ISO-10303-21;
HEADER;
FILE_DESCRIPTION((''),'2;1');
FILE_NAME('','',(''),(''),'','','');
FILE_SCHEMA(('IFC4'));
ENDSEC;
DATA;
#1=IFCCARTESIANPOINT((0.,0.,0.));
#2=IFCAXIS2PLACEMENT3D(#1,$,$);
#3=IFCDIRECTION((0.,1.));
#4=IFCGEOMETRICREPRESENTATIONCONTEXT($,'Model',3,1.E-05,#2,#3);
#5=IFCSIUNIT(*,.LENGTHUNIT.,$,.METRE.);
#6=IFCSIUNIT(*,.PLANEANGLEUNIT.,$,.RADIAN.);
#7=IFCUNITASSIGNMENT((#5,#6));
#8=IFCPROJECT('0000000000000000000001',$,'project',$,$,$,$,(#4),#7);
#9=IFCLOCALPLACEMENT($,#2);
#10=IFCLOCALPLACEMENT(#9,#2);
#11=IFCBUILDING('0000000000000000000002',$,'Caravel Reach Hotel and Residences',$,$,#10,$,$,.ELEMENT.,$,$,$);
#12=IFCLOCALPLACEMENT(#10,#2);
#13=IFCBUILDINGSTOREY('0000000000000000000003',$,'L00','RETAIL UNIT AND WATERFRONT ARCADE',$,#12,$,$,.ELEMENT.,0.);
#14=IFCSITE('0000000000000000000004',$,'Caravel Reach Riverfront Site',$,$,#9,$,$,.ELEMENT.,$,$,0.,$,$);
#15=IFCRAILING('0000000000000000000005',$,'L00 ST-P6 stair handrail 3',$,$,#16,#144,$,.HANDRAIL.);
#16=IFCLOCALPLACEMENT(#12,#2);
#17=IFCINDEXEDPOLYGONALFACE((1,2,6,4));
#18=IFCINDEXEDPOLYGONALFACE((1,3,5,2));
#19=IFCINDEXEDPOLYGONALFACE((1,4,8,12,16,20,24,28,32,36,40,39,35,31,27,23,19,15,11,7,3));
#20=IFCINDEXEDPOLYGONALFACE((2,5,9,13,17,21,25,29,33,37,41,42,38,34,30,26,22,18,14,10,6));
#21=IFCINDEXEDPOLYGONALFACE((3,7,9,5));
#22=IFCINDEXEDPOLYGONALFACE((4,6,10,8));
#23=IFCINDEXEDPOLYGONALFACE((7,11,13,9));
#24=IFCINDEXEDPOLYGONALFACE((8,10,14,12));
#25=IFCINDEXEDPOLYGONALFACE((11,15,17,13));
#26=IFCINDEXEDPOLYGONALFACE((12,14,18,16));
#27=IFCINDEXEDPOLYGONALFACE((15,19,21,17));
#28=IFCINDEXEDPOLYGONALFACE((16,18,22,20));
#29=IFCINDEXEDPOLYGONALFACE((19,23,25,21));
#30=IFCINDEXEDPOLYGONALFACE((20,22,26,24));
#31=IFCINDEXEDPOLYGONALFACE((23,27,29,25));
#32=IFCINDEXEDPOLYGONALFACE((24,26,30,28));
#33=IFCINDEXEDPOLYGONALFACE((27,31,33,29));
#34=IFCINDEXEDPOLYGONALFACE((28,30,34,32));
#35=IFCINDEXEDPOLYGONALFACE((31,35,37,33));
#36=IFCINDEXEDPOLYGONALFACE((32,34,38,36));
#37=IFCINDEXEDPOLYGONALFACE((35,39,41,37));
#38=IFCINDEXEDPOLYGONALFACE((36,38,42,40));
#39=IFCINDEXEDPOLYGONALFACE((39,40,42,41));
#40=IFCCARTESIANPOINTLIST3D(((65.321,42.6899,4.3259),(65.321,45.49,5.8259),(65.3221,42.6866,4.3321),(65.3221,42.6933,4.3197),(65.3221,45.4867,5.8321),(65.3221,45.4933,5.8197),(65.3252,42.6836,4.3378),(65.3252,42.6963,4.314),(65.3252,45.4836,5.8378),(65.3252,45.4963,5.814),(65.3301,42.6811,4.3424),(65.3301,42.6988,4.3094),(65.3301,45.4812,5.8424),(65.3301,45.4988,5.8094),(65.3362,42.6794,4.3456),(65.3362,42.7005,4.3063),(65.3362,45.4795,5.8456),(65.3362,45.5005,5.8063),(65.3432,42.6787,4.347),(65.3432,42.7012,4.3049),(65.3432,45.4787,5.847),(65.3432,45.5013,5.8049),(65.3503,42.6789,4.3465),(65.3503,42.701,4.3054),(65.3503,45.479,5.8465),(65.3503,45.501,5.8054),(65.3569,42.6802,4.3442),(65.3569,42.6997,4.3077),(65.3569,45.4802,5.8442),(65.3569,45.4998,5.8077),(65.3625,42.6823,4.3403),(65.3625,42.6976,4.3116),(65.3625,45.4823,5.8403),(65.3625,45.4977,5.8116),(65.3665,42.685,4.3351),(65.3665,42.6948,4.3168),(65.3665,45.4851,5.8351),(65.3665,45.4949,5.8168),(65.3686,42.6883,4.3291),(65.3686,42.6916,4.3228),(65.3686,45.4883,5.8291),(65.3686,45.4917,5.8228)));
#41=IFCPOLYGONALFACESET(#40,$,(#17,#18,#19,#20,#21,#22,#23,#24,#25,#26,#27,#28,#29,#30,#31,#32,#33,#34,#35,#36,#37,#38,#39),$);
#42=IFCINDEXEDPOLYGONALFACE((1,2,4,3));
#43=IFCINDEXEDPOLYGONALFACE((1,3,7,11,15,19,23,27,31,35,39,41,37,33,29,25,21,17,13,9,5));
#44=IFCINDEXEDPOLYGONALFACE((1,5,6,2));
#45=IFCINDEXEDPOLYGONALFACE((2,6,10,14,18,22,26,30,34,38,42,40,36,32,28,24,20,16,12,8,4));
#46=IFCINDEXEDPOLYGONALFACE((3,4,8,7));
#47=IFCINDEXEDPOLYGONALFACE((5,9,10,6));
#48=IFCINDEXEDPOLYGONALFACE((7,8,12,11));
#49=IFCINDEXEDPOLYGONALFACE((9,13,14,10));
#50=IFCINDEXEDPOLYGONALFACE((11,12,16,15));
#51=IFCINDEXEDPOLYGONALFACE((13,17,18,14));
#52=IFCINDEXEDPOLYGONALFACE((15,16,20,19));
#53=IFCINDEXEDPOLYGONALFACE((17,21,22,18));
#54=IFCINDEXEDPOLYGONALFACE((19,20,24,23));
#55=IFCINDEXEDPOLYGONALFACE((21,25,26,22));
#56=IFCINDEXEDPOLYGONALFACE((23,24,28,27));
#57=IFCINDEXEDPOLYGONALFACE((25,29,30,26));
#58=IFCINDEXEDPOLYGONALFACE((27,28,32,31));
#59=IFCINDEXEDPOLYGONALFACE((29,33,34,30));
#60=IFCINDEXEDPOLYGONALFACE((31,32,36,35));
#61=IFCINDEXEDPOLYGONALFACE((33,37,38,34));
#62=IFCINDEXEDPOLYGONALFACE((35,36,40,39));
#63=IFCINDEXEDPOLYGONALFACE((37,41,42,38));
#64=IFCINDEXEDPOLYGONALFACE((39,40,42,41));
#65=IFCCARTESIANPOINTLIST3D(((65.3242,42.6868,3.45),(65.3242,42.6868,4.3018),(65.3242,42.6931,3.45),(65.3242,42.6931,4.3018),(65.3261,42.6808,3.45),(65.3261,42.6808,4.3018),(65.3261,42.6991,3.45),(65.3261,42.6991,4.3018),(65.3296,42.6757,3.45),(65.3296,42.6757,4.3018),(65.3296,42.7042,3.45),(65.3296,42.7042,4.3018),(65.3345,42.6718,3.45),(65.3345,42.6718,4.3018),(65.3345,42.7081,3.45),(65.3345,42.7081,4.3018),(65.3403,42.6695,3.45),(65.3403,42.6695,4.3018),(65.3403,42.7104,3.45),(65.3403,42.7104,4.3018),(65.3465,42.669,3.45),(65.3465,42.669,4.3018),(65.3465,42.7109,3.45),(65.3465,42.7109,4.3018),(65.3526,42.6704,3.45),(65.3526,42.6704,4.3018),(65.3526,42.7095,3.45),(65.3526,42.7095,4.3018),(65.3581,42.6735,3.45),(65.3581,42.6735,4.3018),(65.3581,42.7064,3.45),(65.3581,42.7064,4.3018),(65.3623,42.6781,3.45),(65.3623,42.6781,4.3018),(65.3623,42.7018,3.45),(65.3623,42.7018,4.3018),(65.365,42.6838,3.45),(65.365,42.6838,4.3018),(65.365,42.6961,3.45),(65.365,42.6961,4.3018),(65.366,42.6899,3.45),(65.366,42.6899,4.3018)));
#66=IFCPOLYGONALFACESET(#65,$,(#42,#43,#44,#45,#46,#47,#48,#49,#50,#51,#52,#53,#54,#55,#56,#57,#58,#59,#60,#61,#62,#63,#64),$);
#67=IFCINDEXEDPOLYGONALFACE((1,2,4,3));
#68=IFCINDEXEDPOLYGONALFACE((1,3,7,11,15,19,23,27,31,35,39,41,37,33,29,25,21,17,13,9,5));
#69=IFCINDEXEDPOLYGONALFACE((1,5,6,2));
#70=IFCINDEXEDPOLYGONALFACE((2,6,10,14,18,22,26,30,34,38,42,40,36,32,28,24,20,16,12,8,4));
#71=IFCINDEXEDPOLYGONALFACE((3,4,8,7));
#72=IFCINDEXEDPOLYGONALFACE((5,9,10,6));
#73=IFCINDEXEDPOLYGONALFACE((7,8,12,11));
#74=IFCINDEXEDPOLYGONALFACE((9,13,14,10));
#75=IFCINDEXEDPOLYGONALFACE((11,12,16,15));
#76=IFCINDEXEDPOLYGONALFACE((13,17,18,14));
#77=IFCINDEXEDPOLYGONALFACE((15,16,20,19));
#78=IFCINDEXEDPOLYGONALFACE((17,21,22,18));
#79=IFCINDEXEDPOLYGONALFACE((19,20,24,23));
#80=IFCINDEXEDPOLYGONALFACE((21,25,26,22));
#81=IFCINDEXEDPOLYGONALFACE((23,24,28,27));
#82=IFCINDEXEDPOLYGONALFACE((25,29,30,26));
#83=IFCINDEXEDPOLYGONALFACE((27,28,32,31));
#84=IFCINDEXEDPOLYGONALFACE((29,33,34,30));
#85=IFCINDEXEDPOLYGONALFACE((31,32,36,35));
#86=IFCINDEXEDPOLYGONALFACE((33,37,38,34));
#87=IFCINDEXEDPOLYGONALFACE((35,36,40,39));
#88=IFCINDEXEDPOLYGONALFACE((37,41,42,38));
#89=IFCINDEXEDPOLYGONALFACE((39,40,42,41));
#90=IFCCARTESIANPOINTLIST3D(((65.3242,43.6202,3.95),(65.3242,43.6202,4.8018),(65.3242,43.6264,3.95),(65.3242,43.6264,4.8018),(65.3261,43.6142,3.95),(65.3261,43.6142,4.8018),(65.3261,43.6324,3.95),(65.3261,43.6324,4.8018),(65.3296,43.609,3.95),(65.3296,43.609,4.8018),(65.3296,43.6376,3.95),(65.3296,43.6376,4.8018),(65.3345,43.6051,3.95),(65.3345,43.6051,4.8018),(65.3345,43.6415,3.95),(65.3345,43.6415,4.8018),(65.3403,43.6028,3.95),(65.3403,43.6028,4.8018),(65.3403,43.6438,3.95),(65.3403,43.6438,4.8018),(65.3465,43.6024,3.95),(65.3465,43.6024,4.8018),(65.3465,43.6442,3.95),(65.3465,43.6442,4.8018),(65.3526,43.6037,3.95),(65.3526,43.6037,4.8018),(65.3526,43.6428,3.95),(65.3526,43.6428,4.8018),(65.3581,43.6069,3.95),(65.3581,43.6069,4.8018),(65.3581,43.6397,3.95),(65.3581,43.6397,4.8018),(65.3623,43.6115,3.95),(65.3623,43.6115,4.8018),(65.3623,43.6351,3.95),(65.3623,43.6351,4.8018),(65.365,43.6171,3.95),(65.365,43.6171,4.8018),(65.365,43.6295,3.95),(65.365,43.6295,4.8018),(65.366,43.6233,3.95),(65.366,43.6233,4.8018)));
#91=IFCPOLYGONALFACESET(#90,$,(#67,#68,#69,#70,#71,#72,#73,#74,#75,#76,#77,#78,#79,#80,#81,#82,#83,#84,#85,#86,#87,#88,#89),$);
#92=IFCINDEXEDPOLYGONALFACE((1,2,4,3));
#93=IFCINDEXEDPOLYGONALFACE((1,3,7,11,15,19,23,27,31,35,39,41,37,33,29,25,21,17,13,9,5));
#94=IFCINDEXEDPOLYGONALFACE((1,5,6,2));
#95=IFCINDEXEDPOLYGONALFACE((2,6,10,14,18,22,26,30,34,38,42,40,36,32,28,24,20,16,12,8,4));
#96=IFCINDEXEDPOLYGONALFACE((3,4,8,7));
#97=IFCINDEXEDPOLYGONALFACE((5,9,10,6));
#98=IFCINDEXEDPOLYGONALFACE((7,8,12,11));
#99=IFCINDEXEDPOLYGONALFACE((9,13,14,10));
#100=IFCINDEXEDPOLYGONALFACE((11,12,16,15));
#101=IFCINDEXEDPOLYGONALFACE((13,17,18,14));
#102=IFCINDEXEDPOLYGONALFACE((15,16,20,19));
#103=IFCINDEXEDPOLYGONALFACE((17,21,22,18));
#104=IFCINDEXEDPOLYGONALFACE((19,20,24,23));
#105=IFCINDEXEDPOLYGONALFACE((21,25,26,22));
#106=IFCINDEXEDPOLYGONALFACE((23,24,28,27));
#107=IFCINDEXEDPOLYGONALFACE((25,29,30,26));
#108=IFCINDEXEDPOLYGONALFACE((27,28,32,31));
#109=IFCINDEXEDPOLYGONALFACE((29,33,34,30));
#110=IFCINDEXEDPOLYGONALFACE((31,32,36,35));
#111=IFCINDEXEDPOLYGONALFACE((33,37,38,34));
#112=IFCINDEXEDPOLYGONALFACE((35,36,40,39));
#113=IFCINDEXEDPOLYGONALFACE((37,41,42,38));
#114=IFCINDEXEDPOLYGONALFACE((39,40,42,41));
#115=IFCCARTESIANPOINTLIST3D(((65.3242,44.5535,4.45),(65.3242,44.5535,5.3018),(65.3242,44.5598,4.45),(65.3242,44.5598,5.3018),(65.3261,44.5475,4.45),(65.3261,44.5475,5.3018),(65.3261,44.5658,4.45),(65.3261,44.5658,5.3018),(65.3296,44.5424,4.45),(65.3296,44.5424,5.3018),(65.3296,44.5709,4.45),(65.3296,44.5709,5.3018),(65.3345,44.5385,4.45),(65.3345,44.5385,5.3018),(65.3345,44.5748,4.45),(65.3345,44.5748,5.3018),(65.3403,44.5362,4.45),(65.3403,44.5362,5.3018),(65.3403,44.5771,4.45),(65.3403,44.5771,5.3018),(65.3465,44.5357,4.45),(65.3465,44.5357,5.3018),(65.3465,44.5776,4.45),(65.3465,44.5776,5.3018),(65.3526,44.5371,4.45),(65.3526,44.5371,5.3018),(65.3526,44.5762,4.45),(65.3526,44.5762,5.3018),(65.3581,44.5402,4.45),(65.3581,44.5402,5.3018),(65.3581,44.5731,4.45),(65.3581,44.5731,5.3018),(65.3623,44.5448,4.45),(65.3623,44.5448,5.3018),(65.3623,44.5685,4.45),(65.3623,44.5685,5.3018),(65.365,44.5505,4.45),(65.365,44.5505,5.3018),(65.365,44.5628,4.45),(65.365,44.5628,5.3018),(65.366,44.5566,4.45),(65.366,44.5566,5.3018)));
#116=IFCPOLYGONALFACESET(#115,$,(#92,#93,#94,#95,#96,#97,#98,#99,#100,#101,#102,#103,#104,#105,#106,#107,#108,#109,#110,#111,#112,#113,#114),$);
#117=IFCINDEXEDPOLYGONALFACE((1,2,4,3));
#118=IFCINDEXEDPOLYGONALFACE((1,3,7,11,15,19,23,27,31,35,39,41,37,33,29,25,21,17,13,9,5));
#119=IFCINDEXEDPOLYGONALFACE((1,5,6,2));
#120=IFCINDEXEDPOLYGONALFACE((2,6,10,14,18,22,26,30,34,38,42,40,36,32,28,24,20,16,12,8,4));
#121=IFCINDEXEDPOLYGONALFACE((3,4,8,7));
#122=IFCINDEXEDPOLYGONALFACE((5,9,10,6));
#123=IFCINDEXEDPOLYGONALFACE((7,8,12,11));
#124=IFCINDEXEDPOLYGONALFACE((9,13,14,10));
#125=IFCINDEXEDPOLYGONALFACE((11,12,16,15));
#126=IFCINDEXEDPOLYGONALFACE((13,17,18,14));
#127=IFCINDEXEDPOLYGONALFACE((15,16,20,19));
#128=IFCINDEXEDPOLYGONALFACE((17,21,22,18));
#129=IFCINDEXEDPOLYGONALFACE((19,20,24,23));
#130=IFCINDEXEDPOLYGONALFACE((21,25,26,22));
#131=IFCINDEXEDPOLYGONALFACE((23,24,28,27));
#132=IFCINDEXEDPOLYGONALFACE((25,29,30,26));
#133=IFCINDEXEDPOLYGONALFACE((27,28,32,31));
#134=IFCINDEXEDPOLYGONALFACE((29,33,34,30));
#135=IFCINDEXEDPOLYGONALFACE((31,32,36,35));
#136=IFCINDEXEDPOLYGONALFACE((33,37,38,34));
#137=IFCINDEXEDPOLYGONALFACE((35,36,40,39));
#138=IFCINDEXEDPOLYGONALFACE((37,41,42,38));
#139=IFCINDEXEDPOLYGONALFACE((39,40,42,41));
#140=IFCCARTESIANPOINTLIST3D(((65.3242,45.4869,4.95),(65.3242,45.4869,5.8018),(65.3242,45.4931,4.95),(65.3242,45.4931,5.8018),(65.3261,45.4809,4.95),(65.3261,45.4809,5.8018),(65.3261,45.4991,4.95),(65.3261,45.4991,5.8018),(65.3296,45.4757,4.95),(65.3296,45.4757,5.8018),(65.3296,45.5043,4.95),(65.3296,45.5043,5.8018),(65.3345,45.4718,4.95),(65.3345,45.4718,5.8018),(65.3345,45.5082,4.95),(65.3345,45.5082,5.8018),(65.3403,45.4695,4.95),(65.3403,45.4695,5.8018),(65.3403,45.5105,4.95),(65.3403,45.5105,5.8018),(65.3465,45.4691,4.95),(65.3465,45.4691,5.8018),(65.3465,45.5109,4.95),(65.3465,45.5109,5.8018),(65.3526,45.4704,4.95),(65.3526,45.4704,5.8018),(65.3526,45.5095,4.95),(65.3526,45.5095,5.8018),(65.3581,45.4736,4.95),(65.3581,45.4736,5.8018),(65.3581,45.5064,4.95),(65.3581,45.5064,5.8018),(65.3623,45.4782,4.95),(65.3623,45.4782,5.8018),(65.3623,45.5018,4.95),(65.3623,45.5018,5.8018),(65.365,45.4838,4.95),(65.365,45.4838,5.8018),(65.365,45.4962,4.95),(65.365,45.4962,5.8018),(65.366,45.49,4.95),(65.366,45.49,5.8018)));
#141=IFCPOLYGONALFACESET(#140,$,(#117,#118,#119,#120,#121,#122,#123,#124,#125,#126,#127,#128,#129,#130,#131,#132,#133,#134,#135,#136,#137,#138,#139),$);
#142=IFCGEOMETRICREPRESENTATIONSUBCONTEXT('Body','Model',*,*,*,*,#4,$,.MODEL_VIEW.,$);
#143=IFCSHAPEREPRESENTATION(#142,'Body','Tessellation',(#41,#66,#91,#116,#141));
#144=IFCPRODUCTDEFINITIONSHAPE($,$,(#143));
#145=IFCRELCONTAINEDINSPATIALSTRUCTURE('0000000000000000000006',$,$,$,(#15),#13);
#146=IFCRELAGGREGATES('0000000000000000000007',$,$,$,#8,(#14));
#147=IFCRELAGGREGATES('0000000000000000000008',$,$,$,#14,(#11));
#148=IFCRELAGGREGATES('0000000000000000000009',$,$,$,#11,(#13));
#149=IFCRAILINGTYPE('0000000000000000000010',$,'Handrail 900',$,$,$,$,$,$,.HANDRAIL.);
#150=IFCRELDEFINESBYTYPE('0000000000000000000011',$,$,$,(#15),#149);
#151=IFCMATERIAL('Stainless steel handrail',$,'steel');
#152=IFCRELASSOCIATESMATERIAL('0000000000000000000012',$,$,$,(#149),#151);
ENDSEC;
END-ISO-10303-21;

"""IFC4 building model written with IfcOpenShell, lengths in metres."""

from ifc_helpers import new_model, si_unit, direction, frame, origin, origin_2d, place, context, subcontext, project, spatial, circle, extrude, material, type_object, element, save


model = new_model("IFC4")

# Units and contexts
model_context = context("Model", 3, precision=1e-05, world=origin(), true_north=direction((0.0, 1.0)))
body_context = subcontext(model_context, "Body", "Model", "MODEL_VIEW")
ifc_project = project(units=[si_unit("LENGTHUNIT", "METRE"), si_unit("PLANEANGLEUNIT", "RADIAN")], contexts=[model_context])

# Site, building, storey
site_placement = place(None, origin())
site = spatial("IfcSite", under=ifc_project, at=site_placement, Name="Caravel Reach Riverfront Site", CompositionType="ELEMENT", RefElevation=0.0)
building_placement = place(site_placement, origin())
building = spatial("IfcBuilding", under=site, at=building_placement, Name="Caravel Reach Hotel and Residences", CompositionType="ELEMENT")
storey_placement = place(building_placement, origin())
storey = spatial("IfcBuildingStorey", under=building, at=storey_placement, Name="L00", Description="RETAIL UNIT AND WATERFRONT ARCADE", CompositionType="ELEMENT", Elevation=0.0)

# Railing
ifc_material_1 = material(Name="Stainless steel handrail", Category="steel")
railing_type_1 = type_object("IfcRailingType", Name="Handrail 900", PredefinedType="HANDRAIL", material=ifc_material_1)
for number, where, name in (
    (1, (65.345, 42.6899, 3.45), "L00 ST-P6 stair handrail 3"),
):
    element("IfcRailing", number, at=place(storey_placement, frame(where)), inside=storey, type_object=railing_type_1, Name=name, PredefinedType="HANDRAIL", context=body_context, shape_type="SweptSolid", body=[
        extrude(circle(Radius=0.0239, at=origin_2d()), frame((0.0, 0.0, 0.876), z_axis=(0.0, 0.881483, 0.472215), x_axis=(-1.0, 0.0, 0.0)), (0.0, 0.0, 1.0), 3.1765),
        extrude(circle(Radius=0.021, at=origin_2d()), origin(), (0.0, 0.0, 1.0), 0.8518),
        extrude(circle(Radius=0.021, at=origin_2d()), frame((0.0, 0.9333, 0.5)), (0.0, 0.0, 1.0), 0.8518),
        extrude(circle(Radius=0.021, at=origin_2d()), frame((0.0, 1.8667, 1.0)), (0.0, 0.0, 1.0), 0.8518),
        extrude(circle(Radius=0.021, at=origin_2d()), frame((0.0, 2.8, 1.5)), (0.0, 0.0, 1.0), 0.8518),
    ])

save(model, "model.ifc")
